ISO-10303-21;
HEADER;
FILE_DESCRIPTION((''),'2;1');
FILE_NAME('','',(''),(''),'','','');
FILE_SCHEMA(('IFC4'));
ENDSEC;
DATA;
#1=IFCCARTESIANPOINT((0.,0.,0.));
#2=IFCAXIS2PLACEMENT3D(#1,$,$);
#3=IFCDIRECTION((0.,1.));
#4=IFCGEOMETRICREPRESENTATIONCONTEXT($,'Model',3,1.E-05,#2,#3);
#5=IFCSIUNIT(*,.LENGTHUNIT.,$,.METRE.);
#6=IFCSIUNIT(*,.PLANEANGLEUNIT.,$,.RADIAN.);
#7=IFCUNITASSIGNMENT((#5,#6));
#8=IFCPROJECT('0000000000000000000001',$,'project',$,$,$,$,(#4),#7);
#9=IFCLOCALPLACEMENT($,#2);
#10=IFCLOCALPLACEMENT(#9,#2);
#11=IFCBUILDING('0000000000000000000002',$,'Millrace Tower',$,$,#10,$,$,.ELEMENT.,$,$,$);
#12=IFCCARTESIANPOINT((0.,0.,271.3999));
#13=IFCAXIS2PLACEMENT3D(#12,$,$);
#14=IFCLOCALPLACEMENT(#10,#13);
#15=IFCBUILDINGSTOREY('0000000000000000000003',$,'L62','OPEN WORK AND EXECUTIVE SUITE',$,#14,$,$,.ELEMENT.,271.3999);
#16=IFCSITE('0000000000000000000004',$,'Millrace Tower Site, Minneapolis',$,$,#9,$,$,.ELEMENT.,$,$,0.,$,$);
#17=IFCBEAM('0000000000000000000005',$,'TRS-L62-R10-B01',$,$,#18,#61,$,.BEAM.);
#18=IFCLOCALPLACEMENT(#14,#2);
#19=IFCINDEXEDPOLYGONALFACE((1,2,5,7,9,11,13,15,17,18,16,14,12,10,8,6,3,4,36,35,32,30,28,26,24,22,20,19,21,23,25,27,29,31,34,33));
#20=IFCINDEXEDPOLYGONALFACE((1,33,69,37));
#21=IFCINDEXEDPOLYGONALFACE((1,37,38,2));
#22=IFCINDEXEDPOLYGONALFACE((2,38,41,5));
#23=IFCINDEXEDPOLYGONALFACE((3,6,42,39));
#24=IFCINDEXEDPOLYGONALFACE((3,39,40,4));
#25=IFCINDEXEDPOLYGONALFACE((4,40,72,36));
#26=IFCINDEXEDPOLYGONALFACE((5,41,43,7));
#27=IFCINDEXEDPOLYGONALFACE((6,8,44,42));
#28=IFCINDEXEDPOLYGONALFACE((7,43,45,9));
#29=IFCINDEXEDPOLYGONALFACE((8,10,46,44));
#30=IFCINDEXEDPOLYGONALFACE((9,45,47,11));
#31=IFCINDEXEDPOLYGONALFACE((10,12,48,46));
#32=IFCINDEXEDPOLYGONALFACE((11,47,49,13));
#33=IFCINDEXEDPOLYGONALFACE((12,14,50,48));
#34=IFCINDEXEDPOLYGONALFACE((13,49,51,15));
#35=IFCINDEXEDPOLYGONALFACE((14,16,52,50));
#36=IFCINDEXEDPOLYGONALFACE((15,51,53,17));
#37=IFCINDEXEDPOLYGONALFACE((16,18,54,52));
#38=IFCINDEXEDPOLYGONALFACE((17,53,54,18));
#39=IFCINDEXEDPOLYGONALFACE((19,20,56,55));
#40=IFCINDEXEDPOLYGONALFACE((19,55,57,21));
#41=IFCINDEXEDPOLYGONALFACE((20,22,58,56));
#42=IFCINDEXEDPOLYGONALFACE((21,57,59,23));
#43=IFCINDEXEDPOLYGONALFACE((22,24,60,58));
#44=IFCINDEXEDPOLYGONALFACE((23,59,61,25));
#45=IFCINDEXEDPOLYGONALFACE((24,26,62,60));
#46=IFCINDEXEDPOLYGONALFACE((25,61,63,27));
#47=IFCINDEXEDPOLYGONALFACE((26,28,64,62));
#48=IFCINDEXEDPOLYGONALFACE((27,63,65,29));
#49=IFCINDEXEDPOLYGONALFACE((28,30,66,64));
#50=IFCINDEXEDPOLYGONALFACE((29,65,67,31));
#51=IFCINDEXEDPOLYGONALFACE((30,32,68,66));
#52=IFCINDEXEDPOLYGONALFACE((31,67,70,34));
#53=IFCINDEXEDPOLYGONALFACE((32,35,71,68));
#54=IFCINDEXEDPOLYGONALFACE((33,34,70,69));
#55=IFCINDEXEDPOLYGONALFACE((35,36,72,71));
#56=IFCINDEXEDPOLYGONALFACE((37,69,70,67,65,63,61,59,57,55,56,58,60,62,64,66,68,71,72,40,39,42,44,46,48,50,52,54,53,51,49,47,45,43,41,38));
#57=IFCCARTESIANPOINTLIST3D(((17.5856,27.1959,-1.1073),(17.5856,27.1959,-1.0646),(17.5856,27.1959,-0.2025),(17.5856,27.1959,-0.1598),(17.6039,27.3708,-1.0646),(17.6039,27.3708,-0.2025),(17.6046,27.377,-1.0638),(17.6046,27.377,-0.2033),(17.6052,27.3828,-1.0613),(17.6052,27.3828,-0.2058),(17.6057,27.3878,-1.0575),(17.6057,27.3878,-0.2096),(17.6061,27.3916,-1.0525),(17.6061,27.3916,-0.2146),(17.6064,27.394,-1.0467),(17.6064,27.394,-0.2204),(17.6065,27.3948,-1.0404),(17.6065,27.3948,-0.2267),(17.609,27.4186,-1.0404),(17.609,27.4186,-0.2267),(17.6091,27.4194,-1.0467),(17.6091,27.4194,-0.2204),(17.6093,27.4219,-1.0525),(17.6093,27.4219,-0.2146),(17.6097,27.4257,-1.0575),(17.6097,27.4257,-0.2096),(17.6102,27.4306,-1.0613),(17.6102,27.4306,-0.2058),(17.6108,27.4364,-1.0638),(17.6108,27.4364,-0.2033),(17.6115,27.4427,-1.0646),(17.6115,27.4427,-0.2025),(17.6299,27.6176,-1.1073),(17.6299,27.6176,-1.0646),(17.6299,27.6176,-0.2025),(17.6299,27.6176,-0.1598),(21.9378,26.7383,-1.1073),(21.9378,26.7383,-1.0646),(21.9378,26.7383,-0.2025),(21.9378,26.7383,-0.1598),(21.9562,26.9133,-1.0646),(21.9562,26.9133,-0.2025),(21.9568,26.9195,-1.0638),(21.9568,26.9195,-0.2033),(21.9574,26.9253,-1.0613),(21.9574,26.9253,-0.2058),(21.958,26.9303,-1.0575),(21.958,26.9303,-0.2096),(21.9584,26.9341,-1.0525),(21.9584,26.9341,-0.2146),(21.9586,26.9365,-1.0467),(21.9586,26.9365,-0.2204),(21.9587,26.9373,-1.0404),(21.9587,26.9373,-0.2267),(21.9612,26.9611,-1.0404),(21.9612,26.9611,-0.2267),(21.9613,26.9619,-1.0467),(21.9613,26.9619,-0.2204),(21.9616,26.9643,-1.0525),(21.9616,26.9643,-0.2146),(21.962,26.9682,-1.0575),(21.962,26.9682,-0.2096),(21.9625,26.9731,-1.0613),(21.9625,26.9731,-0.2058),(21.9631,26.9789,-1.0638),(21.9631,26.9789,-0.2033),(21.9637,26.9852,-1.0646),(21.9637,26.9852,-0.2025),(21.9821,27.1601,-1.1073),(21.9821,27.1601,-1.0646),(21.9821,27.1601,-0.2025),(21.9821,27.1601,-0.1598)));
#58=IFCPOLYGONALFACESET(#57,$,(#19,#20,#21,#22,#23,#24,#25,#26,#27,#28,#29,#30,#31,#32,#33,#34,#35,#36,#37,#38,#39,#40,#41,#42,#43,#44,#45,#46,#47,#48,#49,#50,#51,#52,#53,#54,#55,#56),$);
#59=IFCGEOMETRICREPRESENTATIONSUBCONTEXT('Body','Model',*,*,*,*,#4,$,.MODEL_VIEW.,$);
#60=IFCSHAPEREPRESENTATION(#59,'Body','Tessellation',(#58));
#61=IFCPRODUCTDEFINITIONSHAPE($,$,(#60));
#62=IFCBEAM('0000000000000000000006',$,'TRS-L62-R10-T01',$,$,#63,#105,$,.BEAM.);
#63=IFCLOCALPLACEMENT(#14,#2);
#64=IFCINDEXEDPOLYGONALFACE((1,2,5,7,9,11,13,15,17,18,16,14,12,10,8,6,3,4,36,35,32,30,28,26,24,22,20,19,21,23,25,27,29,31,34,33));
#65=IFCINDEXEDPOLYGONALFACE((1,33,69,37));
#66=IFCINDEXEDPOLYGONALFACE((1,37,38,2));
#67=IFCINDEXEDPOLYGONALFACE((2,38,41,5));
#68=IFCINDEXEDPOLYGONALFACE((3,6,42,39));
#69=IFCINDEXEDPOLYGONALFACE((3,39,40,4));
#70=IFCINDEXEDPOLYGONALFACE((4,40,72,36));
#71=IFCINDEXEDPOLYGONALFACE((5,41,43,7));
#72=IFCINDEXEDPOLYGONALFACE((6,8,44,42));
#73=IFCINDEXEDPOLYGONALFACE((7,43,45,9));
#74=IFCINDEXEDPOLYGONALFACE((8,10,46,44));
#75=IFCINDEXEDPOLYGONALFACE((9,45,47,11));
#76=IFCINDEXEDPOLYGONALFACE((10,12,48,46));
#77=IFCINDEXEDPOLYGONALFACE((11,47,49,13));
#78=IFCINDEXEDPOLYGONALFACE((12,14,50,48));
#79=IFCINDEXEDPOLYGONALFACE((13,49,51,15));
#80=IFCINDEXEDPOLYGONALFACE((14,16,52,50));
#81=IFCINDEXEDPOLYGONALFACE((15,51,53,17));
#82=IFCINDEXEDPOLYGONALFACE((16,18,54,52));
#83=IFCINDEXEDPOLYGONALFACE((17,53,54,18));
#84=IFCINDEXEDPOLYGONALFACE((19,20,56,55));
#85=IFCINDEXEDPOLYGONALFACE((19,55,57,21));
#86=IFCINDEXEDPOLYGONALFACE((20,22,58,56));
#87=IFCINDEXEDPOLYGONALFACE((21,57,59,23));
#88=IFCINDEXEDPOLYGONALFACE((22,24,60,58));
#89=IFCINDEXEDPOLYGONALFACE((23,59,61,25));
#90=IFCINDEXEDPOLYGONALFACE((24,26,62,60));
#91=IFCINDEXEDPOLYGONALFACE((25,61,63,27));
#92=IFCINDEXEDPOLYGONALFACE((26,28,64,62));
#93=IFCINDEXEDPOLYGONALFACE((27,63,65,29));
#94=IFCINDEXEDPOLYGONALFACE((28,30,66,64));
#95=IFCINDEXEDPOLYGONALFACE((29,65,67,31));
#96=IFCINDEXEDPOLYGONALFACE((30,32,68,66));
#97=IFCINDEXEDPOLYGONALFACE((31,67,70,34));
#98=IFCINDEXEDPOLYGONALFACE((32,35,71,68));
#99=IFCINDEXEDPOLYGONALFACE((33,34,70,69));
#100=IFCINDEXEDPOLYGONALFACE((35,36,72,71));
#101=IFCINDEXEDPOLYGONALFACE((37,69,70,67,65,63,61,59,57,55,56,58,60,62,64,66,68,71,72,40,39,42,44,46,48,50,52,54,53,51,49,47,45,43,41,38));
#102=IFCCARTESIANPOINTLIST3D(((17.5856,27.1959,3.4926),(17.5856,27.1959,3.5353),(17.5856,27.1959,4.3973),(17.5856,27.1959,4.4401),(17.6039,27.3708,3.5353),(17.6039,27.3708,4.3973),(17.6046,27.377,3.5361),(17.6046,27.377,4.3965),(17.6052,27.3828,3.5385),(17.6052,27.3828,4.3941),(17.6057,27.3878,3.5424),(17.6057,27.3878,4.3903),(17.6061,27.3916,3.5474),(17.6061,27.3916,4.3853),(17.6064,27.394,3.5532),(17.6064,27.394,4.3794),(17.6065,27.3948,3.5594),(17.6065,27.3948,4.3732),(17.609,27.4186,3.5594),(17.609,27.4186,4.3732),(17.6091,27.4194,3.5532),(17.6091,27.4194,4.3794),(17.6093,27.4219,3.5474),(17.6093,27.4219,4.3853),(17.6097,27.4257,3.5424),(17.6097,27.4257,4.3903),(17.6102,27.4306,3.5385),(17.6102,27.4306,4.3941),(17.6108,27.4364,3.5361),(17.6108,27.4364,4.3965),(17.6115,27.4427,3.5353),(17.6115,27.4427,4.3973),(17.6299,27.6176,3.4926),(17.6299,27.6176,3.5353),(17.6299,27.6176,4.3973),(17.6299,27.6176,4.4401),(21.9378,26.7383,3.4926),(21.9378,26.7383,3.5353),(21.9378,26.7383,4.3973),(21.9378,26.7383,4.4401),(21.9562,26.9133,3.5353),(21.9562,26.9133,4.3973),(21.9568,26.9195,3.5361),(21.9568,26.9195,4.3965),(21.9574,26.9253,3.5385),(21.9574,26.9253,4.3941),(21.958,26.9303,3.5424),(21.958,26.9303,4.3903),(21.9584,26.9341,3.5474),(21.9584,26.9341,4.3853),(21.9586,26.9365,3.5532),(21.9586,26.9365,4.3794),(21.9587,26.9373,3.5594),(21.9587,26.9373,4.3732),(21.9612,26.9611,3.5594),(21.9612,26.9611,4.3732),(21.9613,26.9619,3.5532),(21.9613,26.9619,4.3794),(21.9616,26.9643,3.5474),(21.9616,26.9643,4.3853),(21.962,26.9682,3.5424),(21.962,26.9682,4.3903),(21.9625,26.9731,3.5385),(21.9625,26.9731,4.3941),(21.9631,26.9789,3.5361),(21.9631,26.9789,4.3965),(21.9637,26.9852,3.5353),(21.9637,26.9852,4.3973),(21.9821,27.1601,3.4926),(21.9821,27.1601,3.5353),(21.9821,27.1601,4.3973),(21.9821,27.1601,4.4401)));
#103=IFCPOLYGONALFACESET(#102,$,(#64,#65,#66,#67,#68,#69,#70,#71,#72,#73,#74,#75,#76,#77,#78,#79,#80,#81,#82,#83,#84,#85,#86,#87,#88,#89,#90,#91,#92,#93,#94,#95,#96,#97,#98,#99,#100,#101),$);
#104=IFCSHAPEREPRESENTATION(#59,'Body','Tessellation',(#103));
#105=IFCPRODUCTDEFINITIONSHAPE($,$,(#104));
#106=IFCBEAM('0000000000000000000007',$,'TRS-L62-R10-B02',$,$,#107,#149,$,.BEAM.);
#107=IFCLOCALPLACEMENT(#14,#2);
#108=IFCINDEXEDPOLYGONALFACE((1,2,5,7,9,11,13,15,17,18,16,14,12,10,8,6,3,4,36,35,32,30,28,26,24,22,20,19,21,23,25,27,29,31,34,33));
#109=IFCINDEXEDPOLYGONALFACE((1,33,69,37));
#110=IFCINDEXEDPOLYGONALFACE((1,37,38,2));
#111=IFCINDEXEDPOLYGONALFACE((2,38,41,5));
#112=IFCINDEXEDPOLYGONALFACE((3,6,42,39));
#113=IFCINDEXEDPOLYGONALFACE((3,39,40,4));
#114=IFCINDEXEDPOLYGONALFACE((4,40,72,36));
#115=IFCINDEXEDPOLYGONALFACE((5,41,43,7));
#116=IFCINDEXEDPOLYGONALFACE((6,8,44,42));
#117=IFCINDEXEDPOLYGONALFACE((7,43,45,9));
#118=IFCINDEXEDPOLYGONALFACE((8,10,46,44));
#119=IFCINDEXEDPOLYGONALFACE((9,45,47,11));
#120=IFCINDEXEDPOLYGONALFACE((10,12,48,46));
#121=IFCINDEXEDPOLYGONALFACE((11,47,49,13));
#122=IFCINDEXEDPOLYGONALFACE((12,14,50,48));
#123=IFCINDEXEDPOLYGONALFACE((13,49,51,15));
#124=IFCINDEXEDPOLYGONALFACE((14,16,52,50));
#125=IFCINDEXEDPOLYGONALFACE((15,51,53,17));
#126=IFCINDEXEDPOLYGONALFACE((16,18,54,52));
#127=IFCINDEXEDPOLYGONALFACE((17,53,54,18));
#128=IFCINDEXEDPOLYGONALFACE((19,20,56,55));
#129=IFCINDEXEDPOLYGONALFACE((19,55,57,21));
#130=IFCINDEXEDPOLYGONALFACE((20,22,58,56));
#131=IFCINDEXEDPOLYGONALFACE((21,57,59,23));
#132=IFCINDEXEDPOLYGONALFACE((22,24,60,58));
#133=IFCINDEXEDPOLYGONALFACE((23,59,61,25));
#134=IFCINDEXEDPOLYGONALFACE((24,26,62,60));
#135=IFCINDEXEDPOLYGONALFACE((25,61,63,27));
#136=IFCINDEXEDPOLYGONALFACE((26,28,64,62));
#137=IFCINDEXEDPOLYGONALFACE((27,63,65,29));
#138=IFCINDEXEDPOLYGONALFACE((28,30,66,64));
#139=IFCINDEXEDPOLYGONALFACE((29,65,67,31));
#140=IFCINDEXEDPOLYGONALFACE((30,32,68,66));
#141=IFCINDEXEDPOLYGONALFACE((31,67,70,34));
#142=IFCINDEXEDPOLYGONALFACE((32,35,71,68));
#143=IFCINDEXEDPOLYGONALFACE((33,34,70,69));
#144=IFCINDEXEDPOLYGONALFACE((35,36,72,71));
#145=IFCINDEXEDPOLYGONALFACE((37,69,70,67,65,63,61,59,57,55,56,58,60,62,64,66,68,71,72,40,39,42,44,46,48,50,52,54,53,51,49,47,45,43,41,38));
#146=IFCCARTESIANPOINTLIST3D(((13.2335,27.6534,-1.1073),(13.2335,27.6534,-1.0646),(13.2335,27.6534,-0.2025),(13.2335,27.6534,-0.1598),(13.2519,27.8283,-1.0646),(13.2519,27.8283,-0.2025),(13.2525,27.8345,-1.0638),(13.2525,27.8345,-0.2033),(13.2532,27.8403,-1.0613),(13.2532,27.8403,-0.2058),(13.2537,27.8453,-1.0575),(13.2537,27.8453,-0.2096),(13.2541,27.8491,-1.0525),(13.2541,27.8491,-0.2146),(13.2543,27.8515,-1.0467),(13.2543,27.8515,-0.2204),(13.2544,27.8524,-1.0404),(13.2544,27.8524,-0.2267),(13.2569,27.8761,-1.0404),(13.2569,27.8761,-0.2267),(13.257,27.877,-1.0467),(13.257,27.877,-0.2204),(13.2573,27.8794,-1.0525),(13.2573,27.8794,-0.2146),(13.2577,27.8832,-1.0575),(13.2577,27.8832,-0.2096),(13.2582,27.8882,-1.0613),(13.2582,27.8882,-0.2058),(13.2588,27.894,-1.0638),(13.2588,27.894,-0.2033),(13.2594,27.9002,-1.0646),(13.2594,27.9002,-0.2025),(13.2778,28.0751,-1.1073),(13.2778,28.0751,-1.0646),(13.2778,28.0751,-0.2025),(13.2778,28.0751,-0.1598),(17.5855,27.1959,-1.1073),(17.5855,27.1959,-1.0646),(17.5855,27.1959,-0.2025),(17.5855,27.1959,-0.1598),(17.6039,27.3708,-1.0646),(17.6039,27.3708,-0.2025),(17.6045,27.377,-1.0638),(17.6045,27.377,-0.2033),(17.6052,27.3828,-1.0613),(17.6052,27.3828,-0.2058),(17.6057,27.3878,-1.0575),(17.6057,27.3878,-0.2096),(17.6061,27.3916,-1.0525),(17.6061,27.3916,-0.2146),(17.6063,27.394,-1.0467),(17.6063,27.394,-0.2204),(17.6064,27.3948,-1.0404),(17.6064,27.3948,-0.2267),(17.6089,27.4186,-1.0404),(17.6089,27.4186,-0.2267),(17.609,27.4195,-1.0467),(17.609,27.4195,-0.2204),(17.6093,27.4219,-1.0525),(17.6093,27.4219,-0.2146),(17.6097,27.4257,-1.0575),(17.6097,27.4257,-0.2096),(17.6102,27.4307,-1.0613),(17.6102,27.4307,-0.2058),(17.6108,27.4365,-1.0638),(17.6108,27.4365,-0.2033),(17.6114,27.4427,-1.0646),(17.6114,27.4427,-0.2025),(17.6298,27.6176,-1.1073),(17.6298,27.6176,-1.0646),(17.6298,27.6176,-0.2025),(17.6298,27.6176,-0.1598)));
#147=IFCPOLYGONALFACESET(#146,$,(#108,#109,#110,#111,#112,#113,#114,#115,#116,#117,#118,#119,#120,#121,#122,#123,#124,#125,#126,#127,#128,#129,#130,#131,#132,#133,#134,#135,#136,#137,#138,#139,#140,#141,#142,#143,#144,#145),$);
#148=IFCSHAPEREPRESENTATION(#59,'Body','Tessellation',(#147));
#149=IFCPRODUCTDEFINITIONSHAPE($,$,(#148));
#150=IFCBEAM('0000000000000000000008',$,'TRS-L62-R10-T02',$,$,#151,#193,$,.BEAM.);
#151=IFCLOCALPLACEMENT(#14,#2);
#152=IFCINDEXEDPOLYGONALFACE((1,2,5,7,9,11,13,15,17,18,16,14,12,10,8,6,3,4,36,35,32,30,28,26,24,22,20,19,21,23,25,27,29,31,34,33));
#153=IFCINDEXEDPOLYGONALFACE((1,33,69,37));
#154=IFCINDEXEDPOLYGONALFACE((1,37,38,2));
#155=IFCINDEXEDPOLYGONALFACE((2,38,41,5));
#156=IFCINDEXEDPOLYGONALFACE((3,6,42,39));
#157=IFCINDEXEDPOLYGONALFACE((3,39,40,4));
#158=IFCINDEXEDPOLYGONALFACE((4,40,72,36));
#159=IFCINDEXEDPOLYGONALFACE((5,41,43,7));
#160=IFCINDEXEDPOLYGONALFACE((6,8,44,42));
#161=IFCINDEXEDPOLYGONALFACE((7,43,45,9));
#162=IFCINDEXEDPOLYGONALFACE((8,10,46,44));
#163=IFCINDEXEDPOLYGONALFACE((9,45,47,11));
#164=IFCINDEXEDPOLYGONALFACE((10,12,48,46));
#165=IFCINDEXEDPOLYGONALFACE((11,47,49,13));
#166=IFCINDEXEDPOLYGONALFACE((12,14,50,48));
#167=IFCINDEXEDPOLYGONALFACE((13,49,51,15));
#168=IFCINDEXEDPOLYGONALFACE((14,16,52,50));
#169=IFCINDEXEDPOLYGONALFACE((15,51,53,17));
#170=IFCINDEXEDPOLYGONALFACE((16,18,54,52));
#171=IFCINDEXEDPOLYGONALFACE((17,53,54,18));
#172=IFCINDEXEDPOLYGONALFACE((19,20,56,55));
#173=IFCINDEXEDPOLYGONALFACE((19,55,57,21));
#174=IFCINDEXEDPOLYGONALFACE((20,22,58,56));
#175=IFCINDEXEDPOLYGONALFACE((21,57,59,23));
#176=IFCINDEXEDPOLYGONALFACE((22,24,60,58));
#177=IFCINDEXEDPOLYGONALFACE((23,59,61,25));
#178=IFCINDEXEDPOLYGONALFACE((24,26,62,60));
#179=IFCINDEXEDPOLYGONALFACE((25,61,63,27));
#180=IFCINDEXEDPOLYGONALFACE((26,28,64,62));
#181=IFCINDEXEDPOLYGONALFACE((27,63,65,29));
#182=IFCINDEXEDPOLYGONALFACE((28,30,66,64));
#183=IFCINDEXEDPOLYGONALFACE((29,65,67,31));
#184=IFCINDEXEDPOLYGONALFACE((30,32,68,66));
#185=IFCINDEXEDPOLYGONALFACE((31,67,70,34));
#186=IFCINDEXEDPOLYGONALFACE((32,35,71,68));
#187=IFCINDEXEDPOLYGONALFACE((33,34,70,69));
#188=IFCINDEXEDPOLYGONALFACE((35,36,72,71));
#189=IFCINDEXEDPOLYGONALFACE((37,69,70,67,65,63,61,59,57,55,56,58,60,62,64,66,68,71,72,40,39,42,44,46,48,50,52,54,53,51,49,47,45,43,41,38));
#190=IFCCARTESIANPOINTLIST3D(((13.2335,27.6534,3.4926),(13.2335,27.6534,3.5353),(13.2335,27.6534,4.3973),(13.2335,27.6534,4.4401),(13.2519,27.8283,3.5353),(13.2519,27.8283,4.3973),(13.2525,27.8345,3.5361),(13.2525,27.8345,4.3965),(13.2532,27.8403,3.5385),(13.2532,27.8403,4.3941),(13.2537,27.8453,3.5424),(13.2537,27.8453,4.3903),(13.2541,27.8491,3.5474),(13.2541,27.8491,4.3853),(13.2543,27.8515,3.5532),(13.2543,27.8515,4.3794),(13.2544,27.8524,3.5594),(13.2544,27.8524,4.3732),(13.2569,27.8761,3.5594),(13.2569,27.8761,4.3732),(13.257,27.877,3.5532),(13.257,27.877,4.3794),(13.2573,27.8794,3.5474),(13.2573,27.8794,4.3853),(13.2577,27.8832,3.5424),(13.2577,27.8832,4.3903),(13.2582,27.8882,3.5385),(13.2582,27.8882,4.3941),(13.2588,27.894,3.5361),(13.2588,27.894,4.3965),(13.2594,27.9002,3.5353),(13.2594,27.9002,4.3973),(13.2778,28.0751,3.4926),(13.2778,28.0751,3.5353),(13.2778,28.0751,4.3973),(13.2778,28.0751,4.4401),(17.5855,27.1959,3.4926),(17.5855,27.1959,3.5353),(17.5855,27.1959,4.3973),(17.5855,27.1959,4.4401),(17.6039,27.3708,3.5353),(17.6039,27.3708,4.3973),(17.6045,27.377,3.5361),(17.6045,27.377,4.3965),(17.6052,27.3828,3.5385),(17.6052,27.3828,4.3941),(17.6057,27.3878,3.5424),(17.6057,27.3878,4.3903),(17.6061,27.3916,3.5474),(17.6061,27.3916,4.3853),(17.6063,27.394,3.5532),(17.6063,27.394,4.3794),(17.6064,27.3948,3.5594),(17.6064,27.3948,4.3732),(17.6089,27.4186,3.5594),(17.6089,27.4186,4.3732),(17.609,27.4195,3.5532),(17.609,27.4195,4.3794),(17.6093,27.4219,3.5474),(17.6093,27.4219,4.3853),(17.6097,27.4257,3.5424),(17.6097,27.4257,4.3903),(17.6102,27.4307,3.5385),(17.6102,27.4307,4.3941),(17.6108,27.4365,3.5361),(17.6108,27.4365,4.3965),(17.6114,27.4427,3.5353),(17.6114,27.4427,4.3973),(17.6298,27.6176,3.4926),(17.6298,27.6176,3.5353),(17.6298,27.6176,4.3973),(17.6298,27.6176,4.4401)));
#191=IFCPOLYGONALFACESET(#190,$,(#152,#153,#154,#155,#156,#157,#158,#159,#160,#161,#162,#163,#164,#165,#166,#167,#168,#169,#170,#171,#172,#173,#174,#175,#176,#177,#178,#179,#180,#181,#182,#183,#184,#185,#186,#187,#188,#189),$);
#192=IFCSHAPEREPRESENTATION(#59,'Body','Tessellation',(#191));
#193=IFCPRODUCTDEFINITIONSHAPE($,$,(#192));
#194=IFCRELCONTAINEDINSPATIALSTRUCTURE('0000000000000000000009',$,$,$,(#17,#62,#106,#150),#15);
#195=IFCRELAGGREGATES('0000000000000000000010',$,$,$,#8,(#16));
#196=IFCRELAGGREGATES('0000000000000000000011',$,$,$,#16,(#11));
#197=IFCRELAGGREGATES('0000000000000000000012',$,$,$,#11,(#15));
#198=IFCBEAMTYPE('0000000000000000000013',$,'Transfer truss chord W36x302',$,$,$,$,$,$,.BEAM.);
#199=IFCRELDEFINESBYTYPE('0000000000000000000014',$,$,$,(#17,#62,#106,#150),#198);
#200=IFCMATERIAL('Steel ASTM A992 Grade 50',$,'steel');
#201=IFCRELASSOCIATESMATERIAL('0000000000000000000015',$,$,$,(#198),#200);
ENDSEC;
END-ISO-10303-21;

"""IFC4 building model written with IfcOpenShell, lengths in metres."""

from ifc_helpers import new_model, si_unit, direction, frame, origin, origin_2d, place, context, subcontext, project, spatial, i_section, extrude, material, material_profile, profile_set, type_object, element, save


model = new_model("IFC4")

# Units and contexts
model_context = context("Model", 3, precision=1e-05, world=origin(), true_north=direction((0.0, 1.0)))
body_context = subcontext(model_context, "Body", "Model", "MODEL_VIEW")
ifc_project = project(units=[si_unit("LENGTHUNIT", "METRE"), si_unit("PLANEANGLEUNIT", "RADIAN")], contexts=[model_context])

# Site, building, storey
site_placement = place(None, origin())
site = spatial("IfcSite", under=ifc_project, at=site_placement, Name="Millrace Tower Site, Minneapolis", CompositionType="ELEMENT", RefElevation=0.0)
building_placement = place(site_placement, origin())
building = spatial("IfcBuilding", under=site, at=building_placement, Name="Millrace Tower", CompositionType="ELEMENT")
storey_placement = place(building_placement, frame((0.0, 0.0, 271.3999)))
storey = spatial("IfcBuildingStorey", under=building, at=storey_placement, Name="L62", Description="OPEN WORK AND EXECUTIVE SUITE", CompositionType="ELEMENT", Elevation=271.3999)

# Beams
ifc_material_1 = material(Name="Steel ASTM A992 Grade 50", Category="steel")
ifc_material_profile_1 = material_profile(ifc_material_1, i_section(OverallWidth=0.4241, OverallDepth=0.9475, WebThickness=0.0239, FlangeThickness=0.0427, FilletRadius=0.0242, at=origin_2d()))
ifc_profile_set_1 = profile_set([ifc_material_profile_1], Name="Steel ASTM A992 Grade 50")
beam_type_1 = type_object("IfcBeamType", Name="Transfer truss chord W36x302", PredefinedType="BEAM", material=ifc_profile_set_1)
for number, where, z_axis, x_axis, name in (
    (1, (21.96, 26.9492, -0.6335), (-0.99452, 0.104545, 0.0), (-0.104545, -0.99452, 0.0), "TRS-L62-R10-B01"),
    (2, (21.96, 26.9492, 3.9663), (-0.99452, 0.104545, 0.0), (-0.104545, -0.99452, 0.0), "TRS-L62-R10-T01"),
):
    element("IfcBeam", number, at=place(storey_placement, frame(where, z_axis=z_axis, x_axis=x_axis)), inside=storey, type_object=beam_type_1, Name=name, PredefinedType="BEAM", context=body_context, shape_type="SweptSolid", body=[
        extrude(i_section(OverallWidth=0.4241, OverallDepth=0.9475, WebThickness=0.0239, FlangeThickness=0.0427, FilletRadius=0.0242, at=origin_2d()), origin(), (0.0, 0.0, 1.0), 4.3762),
    ])
for number, where, z_axis, x_axis, name in (
    (3, (17.6077, 27.4067, -0.6335), (-0.99452, 0.104551, 0.0), (-0.104551, -0.99452, 0.0), "TRS-L62-R10-B02"),
    (4, (17.6077, 27.4067, 3.9663), (-0.99452, 0.104551, 0.0), (-0.104551, -0.99452, 0.0), "TRS-L62-R10-T02"),
):
    element("IfcBeam", number, at=place(storey_placement, frame(where, z_axis=z_axis, x_axis=x_axis)), inside=storey, type_object=beam_type_1, Name=name, PredefinedType="BEAM", context=body_context, shape_type="SweptSolid", body=[
        extrude(i_section(OverallWidth=0.4241, OverallDepth=0.9475, WebThickness=0.0239, FlangeThickness=0.0427, FilletRadius=0.0242, at=origin_2d()), origin(), (0.0, 0.0, 1.0), 4.376),
    ])

save(model, "model.ifc")
